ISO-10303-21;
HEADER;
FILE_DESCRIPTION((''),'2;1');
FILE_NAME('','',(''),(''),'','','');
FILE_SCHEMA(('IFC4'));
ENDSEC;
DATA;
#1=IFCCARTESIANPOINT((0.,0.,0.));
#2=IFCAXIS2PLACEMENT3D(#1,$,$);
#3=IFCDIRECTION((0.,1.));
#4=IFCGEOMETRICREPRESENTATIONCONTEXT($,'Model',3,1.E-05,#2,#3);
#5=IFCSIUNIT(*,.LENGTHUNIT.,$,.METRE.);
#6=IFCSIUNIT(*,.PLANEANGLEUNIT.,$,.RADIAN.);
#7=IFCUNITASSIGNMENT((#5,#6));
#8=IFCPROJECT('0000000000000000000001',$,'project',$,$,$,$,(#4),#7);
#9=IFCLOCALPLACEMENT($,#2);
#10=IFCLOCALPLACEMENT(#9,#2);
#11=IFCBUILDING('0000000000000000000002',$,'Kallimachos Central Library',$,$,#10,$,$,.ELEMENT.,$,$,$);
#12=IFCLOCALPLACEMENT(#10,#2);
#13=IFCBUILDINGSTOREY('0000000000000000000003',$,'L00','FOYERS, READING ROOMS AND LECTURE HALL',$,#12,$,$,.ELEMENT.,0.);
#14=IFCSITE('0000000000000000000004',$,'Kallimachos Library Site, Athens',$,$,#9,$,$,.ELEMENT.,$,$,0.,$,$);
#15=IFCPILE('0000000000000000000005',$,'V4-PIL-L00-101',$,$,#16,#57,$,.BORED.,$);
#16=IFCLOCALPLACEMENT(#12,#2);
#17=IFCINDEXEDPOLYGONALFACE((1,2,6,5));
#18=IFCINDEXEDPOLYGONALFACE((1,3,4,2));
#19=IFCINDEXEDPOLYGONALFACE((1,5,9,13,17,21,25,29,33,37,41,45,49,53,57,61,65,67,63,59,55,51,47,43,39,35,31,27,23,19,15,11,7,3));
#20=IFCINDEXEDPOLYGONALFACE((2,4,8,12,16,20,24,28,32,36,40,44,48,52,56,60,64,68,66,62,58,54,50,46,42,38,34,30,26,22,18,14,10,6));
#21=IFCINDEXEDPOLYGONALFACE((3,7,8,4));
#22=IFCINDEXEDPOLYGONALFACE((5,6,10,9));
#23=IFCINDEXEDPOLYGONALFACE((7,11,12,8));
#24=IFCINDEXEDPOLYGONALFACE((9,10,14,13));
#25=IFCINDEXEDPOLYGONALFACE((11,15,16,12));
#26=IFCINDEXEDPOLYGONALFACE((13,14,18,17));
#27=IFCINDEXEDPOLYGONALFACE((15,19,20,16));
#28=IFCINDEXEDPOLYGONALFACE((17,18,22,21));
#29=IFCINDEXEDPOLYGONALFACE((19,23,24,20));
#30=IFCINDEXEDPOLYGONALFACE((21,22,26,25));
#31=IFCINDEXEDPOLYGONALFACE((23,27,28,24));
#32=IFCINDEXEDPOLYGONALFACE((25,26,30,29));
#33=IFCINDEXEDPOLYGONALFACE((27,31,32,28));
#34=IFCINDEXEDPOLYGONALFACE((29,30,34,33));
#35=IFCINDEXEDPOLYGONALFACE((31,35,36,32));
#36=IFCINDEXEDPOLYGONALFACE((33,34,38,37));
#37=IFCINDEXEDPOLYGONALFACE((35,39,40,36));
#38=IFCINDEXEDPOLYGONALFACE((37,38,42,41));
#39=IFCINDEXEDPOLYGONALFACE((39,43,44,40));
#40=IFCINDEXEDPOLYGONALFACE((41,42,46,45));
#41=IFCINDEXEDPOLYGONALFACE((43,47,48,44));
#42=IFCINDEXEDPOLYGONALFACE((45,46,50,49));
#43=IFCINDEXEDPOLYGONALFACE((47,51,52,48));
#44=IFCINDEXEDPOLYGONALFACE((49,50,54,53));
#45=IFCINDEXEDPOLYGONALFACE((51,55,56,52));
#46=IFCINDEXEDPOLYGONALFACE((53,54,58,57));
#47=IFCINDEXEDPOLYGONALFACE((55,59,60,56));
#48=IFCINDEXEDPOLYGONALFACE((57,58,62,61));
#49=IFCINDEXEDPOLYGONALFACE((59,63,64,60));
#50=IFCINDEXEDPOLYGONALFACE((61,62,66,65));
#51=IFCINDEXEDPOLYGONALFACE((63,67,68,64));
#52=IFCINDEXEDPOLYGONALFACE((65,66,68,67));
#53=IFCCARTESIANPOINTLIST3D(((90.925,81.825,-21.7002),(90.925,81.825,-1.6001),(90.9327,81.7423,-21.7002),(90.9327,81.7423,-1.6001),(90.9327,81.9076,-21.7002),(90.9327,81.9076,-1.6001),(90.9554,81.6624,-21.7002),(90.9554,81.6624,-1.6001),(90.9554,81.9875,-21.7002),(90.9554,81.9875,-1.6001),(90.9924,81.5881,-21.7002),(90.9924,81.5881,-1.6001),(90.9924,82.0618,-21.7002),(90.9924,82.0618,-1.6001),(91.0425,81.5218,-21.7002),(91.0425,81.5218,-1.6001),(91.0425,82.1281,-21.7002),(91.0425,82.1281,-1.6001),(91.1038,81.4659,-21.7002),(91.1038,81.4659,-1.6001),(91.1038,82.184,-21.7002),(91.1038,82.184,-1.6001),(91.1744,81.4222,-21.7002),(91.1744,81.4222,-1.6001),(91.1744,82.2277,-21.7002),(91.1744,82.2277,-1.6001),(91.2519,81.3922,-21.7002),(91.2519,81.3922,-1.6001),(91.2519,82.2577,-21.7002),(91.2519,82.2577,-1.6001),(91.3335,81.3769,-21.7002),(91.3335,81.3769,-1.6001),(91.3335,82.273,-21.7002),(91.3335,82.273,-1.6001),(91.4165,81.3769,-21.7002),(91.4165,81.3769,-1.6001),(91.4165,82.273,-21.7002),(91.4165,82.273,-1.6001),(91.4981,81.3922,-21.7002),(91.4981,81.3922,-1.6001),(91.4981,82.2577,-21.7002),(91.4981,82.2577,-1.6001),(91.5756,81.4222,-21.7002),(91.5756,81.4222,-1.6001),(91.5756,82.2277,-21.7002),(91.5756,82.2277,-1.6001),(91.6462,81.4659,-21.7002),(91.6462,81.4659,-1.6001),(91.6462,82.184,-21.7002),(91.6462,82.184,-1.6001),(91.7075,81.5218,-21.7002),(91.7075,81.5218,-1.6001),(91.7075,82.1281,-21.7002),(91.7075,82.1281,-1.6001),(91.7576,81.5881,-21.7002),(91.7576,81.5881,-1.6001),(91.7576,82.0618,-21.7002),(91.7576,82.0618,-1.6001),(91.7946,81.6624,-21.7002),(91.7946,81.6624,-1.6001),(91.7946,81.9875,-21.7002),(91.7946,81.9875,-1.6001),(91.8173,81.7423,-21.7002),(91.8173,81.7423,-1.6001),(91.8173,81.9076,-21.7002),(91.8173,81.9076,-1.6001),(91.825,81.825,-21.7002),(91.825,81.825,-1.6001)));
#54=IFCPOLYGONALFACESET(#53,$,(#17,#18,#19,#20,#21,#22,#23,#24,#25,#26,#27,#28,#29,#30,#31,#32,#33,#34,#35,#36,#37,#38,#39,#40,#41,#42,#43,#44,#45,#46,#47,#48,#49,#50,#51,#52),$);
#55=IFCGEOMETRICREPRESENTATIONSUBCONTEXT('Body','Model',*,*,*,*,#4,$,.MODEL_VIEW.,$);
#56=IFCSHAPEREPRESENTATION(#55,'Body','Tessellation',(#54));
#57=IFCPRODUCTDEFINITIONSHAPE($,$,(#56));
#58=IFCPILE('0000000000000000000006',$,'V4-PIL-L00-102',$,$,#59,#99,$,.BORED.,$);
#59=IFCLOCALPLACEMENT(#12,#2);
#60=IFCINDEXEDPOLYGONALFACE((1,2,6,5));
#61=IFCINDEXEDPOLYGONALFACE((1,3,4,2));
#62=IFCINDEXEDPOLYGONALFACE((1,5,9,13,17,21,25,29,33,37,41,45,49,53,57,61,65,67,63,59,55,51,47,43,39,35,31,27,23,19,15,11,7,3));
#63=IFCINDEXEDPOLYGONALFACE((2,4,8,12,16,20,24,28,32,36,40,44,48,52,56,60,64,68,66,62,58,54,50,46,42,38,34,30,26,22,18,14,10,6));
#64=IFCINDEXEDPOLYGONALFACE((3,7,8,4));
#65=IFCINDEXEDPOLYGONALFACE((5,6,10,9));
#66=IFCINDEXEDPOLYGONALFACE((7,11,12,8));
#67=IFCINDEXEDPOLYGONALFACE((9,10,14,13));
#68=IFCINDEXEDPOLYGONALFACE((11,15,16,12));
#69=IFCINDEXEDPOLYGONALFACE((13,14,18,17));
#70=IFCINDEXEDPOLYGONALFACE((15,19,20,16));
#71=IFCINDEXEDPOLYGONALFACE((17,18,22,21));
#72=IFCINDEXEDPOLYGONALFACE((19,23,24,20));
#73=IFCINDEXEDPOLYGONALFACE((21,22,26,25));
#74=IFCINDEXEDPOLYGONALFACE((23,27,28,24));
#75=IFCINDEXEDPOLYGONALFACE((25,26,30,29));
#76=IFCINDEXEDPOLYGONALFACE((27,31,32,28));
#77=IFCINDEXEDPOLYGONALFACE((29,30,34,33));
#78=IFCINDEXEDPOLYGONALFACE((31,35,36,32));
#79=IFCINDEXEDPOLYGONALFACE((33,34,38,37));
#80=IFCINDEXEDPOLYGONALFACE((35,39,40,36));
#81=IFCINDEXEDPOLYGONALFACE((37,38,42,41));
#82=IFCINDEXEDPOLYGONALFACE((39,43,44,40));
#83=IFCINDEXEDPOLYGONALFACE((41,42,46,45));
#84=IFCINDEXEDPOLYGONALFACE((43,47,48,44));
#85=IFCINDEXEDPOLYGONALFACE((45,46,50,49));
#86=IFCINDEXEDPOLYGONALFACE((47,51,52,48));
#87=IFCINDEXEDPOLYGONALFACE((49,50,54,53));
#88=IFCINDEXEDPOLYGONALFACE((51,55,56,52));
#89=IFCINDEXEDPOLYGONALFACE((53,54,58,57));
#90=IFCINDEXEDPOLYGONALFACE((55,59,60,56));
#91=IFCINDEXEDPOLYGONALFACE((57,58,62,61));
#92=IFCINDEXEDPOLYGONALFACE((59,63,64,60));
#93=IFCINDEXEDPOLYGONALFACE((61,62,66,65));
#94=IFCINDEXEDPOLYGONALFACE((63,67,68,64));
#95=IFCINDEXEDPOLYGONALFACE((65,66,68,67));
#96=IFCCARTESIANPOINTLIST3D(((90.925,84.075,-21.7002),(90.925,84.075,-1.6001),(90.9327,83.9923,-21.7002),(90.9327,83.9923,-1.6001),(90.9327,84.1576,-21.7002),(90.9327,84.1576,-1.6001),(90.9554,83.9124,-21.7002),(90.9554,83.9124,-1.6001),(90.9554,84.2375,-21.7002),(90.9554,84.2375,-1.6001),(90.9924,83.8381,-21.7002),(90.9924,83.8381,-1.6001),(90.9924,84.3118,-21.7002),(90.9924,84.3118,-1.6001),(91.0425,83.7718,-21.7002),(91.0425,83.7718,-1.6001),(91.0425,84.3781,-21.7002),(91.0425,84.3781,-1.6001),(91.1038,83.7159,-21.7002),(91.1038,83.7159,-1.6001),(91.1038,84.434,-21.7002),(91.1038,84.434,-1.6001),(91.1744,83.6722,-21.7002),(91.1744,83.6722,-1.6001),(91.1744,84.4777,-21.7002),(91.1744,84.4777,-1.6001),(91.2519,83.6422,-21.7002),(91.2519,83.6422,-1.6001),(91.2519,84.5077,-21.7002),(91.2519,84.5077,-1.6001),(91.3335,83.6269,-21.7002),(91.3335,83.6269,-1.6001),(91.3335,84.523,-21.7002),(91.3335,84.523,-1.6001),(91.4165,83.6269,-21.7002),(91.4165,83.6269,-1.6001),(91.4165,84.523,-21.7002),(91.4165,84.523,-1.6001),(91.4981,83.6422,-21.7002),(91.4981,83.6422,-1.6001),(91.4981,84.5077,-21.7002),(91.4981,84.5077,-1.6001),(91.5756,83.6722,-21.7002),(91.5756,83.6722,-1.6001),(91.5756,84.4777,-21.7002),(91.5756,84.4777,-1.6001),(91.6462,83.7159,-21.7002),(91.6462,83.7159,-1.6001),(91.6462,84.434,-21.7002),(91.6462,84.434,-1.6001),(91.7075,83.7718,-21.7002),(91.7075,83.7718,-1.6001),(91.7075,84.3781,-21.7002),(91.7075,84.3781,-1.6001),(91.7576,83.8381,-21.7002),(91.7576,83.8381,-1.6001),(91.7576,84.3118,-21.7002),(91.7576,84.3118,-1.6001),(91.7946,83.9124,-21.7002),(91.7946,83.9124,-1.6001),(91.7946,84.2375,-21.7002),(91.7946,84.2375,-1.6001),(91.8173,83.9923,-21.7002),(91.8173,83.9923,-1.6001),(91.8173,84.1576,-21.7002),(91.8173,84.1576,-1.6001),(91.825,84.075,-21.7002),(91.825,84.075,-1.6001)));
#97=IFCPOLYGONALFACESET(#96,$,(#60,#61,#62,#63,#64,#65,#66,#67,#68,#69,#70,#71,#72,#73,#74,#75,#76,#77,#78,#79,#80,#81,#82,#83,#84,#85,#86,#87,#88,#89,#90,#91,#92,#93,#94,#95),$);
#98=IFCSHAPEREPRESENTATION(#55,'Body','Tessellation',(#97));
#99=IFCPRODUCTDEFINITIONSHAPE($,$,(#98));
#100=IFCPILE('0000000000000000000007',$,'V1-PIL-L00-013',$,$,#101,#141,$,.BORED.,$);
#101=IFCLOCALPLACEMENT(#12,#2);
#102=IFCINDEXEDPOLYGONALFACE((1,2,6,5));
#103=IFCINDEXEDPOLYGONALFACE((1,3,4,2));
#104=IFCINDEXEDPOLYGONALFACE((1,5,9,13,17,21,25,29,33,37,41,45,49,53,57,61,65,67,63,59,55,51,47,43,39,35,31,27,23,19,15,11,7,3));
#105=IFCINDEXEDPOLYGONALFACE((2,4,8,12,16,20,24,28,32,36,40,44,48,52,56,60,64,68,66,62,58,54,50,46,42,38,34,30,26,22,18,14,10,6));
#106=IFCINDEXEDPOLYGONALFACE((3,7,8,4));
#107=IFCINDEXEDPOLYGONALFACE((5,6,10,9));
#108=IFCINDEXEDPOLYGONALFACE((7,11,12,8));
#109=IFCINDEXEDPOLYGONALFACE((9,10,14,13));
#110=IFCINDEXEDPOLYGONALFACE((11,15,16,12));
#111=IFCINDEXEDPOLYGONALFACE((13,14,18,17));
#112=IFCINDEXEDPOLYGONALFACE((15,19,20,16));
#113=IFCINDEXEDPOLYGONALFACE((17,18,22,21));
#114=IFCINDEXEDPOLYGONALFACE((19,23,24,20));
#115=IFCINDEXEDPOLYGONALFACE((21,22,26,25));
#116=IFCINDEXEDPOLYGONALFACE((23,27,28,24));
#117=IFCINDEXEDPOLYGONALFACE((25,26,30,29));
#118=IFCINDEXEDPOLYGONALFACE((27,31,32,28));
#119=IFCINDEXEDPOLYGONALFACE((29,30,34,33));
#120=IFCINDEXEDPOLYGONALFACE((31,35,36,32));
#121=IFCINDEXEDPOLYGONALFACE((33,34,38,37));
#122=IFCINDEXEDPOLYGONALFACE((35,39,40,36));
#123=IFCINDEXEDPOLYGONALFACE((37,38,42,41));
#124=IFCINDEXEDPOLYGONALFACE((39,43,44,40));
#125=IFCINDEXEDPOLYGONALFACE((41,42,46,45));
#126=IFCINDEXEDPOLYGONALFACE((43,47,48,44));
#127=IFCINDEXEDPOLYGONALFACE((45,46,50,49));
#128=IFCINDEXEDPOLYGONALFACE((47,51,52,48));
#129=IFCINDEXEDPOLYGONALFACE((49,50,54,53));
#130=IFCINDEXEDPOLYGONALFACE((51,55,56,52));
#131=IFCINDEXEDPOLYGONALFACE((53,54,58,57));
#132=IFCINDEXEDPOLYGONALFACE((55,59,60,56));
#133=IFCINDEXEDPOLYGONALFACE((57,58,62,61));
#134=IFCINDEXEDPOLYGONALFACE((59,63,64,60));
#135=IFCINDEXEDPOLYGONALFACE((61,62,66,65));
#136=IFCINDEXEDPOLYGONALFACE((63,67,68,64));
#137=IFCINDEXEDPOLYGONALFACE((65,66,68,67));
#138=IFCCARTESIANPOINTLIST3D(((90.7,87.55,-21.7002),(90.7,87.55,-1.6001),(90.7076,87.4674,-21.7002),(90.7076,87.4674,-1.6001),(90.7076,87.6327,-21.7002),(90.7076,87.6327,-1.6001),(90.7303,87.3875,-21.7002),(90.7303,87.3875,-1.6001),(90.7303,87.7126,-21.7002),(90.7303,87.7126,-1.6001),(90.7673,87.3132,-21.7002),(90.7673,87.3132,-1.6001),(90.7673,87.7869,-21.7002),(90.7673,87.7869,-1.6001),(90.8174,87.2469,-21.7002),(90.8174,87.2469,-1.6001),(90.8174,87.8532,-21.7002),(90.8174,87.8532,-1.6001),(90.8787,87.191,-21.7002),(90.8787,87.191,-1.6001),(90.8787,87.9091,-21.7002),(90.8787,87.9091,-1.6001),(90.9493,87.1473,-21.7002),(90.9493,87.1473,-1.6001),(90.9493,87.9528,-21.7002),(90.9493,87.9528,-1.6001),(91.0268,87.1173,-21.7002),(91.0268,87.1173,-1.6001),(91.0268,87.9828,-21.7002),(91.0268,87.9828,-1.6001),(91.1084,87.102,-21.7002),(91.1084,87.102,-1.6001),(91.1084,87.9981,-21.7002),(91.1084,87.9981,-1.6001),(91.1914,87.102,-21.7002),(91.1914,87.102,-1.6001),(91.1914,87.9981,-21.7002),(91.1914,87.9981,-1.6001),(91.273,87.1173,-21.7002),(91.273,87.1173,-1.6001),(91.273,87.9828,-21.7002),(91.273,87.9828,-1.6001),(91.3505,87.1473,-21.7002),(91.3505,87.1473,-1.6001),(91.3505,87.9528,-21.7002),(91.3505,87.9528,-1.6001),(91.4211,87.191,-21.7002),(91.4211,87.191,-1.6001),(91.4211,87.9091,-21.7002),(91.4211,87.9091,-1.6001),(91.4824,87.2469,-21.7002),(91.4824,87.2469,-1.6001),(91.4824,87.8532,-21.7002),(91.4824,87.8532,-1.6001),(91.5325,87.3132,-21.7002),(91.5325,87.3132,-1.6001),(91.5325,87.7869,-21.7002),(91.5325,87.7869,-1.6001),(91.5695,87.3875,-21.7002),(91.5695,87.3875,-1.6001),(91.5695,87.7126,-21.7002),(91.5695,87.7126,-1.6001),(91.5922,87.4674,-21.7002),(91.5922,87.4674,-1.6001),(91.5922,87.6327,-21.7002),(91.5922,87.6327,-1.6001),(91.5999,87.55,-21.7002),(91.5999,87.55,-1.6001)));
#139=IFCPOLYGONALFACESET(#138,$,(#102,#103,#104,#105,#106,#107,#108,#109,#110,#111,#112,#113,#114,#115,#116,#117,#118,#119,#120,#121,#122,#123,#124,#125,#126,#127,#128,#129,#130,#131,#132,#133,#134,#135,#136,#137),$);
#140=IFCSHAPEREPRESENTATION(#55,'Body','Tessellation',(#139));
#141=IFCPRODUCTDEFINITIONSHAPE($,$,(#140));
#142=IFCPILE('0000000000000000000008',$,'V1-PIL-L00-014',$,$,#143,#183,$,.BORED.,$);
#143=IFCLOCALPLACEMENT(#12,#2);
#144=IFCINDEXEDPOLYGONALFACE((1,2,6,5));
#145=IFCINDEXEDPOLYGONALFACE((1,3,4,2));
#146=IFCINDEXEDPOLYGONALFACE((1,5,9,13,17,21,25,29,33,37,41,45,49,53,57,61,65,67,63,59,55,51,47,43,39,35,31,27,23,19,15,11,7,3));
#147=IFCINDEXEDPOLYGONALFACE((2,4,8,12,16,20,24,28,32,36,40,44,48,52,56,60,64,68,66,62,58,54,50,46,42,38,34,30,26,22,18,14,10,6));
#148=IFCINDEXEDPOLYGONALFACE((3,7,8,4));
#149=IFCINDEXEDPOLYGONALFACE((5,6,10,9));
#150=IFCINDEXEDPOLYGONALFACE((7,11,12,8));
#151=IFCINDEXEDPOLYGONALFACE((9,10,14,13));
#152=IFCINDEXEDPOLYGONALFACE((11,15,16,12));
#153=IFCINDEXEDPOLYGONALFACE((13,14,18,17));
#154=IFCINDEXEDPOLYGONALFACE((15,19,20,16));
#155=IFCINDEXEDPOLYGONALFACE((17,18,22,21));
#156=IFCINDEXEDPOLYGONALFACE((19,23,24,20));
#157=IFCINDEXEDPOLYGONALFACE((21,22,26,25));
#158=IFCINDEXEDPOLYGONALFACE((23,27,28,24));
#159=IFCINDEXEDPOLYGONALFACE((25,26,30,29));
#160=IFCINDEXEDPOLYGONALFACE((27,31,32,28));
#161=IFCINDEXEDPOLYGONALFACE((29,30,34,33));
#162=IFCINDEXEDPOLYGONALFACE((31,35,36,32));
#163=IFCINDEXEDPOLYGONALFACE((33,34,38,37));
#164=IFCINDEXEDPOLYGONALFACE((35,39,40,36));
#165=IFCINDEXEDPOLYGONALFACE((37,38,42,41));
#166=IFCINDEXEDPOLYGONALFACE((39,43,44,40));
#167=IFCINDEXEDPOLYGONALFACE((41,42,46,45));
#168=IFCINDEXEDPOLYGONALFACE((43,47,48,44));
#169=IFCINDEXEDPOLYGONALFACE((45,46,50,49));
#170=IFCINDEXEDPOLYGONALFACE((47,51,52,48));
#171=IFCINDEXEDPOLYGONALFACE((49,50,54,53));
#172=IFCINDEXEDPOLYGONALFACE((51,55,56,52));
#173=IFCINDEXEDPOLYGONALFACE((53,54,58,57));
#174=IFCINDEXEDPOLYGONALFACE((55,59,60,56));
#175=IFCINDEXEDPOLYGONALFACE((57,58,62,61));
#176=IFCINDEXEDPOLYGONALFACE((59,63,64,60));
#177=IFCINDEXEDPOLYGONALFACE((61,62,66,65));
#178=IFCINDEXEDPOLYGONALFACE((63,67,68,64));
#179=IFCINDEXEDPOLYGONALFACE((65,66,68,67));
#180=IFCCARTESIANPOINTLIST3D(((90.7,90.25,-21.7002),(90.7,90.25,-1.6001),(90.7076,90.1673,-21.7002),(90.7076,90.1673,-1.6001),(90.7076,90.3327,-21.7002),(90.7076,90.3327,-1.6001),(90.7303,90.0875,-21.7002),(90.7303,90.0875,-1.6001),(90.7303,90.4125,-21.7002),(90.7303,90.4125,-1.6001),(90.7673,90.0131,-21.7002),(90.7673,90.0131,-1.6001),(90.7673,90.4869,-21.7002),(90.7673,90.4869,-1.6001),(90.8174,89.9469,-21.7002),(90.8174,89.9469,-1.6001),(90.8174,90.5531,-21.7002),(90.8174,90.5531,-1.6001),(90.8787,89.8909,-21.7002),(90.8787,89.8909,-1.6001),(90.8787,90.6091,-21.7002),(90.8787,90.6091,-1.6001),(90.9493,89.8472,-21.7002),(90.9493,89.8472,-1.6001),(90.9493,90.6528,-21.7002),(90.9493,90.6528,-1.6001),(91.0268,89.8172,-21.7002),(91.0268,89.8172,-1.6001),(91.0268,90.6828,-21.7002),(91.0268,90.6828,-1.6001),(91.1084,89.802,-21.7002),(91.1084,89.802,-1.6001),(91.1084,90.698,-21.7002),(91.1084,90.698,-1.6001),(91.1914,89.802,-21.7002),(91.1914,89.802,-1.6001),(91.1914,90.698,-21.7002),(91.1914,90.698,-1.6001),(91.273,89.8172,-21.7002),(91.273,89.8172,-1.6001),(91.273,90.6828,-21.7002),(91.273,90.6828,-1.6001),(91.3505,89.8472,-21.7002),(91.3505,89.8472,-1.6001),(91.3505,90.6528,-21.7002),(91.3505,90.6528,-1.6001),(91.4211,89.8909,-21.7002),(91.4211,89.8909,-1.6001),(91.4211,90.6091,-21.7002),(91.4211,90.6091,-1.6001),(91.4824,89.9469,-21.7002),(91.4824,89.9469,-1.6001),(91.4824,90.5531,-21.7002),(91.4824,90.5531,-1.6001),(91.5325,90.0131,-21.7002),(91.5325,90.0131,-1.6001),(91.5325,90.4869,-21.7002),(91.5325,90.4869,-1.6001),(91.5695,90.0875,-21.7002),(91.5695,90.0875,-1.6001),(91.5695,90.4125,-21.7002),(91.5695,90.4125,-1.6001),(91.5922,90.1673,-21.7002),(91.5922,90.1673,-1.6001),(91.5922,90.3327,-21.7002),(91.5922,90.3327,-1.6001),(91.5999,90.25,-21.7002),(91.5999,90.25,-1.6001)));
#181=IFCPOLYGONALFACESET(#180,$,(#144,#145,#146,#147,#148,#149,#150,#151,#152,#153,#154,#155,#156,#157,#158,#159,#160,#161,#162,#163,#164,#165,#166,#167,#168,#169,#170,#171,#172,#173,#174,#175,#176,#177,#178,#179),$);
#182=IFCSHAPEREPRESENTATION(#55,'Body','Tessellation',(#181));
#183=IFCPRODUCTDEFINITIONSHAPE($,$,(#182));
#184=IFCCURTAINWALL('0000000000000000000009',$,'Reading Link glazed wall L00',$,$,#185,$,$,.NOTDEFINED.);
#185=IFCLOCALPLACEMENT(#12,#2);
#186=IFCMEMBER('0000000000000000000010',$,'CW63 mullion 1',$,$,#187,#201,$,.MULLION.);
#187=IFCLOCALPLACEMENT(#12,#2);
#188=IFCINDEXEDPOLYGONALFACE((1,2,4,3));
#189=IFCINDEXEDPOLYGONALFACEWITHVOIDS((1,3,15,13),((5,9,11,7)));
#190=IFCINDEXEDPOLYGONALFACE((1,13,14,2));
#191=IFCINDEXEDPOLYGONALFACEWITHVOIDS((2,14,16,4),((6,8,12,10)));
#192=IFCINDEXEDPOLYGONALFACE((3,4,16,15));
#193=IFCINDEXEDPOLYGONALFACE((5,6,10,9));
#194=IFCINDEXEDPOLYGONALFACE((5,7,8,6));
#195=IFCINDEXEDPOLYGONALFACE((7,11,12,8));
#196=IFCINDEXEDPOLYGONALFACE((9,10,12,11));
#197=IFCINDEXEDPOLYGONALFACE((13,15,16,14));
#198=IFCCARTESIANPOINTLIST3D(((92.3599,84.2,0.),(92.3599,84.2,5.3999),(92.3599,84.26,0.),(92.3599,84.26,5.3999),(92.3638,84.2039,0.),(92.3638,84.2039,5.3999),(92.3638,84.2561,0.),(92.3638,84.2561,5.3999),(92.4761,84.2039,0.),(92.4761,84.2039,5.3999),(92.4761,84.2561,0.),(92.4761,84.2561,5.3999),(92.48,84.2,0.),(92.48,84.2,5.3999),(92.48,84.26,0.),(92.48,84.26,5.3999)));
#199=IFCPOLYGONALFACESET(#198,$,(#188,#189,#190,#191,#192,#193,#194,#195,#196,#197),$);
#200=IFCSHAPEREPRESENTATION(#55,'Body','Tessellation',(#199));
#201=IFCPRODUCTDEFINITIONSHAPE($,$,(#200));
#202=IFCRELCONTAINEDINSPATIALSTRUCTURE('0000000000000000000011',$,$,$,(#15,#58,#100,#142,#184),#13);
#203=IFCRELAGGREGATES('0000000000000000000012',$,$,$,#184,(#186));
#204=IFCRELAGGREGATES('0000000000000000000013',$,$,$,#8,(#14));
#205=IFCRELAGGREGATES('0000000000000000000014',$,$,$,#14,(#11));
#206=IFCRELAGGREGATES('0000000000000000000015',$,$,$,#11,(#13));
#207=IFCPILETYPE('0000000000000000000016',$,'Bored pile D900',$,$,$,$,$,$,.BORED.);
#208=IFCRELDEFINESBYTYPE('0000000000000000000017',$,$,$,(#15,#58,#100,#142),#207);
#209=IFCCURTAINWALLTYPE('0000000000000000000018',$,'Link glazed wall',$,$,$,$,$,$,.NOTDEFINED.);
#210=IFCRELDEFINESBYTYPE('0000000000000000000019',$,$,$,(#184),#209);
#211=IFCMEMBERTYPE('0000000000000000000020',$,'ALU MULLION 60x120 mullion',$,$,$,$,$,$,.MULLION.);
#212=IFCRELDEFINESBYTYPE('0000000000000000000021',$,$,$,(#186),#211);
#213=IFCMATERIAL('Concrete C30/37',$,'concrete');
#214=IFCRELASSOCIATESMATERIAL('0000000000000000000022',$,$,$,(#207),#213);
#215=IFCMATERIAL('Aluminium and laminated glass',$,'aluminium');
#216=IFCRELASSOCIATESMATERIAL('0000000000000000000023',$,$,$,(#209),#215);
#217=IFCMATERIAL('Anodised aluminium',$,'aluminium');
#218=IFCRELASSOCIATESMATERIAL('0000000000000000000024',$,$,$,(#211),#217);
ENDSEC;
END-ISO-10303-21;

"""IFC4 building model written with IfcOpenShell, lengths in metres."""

from ifc_helpers import new_model, si_unit, direction, frame, origin, origin_2d, place, context, subcontext, project, spatial, hollow_rectangle, circle, extrude, material, material_profile, profile_set, type_object, element, aggregate, save


model = new_model("IFC4")

# Units and contexts
model_context = context("Model", 3, precision=1e-05, world=origin(), true_north=direction((0.0, 1.0)))
body_context = subcontext(model_context, "Body", "Model", "MODEL_VIEW")
ifc_project = project(units=[si_unit("LENGTHUNIT", "METRE"), si_unit("PLANEANGLEUNIT", "RADIAN")], contexts=[model_context])

# Site, building, storey
site_placement = place(None, origin())
site = spatial("IfcSite", under=ifc_project, at=site_placement, Name="Kallimachos Library Site, Athens", CompositionType="ELEMENT", RefElevation=0.0)
building_placement = place(site_placement, origin())
building = spatial("IfcBuilding", under=site, at=building_placement, Name="Kallimachos Central Library", CompositionType="ELEMENT")
storey_placement = place(building_placement, origin())
storey = spatial("IfcBuildingStorey", under=building, at=storey_placement, Name="L00", Description="FOYERS, READING ROOMS AND LECTURE HALL", CompositionType="ELEMENT", Elevation=0.0)

# Piles
ifc_material_1 = material(Name="Concrete C30/37", Category="concrete")
pile_type = type_object("IfcPileType", Name="Bored pile D900", PredefinedType="BORED", material=ifc_material_1)
for number, where, z_axis, x_axis, name in (
    (1, (91.375, 81.825, -1.6001), (0.0, 0.0, -1.0), (1.0, 0.0, 0.0), "V4-PIL-L00-101"),
    (2, (91.375, 84.075, -1.6001), (0.0, 0.0, -1.0), (1.0, 0.0, 0.0), "V4-PIL-L00-102"),
    (3, (91.1499, 87.55, -1.6001), (0.0, 0.0, -1.0), (1.0, 0.0, 0.0), "V1-PIL-L00-013"),
    (4, (91.1499, 90.25, -1.6001), (0.0, 0.0, -1.0), (1.0, 0.0, 0.0), "V1-PIL-L00-014"),
):
    element("IfcPile", number, at=place(storey_placement, frame(where, z_axis=z_axis, x_axis=x_axis)), inside=storey, type_object=pile_type, Name=name, PredefinedType="BORED", context=body_context, shape_type="SweptSolid", body=[
        extrude(circle(Radius=0.45, at=origin_2d()), origin(), (0.0, 0.0, 1.0), 20.1001),
    ])

# Curtain wall, member
ifc_material_2 = material(Name="Aluminium and laminated glass", Category="aluminium")
curtain_wall_type = type_object("IfcCurtainWallType", Name="Link glazed wall", PredefinedType="NOTDEFINED", material=ifc_material_2)
curtain_wall_placement = place(storey_placement, origin())
curtain_wall = element("IfcCurtainWall", 5, at=curtain_wall_placement, inside=storey, type_object=curtain_wall_type, Name="Reading Link glazed wall L00", PredefinedType="NOTDEFINED")
ifc_material_3 = material(Name="Anodised aluminium", Category="aluminium")
ifc_material_profile_1 = material_profile(ifc_material_3, hollow_rectangle(XDim=0.0601, YDim=0.1201, WallThickness=0.0039, at=origin_2d()), Name="ALU MULLION 60x120")
ifc_profile_set_1 = profile_set([ifc_material_profile_1], Name="Anodised aluminium")
member_type_1 = type_object("IfcMemberType", Name="ALU MULLION 60x120 mullion", PredefinedType="MULLION", material=ifc_profile_set_1)
member_1_placement = place(storey_placement, frame((92.4199, 84.23, 0.0), z_axis=(0.0, 0.0, 1.0), x_axis=(0.0, 1.0, 0.0)))
member_1 = element("IfcMember", 6, at=member_1_placement, type_object=member_type_1, Name="CW63 mullion 1", PredefinedType="MULLION", context=body_context, shape_type="SweptSolid", body=[
    extrude(hollow_rectangle(XDim=0.0601, YDim=0.1201, WallThickness=0.0039, at=origin_2d()), origin(), (0.0, 0.0, 1.0), 5.3999),
])
aggregate(curtain_wall, [member_1])

save(model, "model.ifc")
